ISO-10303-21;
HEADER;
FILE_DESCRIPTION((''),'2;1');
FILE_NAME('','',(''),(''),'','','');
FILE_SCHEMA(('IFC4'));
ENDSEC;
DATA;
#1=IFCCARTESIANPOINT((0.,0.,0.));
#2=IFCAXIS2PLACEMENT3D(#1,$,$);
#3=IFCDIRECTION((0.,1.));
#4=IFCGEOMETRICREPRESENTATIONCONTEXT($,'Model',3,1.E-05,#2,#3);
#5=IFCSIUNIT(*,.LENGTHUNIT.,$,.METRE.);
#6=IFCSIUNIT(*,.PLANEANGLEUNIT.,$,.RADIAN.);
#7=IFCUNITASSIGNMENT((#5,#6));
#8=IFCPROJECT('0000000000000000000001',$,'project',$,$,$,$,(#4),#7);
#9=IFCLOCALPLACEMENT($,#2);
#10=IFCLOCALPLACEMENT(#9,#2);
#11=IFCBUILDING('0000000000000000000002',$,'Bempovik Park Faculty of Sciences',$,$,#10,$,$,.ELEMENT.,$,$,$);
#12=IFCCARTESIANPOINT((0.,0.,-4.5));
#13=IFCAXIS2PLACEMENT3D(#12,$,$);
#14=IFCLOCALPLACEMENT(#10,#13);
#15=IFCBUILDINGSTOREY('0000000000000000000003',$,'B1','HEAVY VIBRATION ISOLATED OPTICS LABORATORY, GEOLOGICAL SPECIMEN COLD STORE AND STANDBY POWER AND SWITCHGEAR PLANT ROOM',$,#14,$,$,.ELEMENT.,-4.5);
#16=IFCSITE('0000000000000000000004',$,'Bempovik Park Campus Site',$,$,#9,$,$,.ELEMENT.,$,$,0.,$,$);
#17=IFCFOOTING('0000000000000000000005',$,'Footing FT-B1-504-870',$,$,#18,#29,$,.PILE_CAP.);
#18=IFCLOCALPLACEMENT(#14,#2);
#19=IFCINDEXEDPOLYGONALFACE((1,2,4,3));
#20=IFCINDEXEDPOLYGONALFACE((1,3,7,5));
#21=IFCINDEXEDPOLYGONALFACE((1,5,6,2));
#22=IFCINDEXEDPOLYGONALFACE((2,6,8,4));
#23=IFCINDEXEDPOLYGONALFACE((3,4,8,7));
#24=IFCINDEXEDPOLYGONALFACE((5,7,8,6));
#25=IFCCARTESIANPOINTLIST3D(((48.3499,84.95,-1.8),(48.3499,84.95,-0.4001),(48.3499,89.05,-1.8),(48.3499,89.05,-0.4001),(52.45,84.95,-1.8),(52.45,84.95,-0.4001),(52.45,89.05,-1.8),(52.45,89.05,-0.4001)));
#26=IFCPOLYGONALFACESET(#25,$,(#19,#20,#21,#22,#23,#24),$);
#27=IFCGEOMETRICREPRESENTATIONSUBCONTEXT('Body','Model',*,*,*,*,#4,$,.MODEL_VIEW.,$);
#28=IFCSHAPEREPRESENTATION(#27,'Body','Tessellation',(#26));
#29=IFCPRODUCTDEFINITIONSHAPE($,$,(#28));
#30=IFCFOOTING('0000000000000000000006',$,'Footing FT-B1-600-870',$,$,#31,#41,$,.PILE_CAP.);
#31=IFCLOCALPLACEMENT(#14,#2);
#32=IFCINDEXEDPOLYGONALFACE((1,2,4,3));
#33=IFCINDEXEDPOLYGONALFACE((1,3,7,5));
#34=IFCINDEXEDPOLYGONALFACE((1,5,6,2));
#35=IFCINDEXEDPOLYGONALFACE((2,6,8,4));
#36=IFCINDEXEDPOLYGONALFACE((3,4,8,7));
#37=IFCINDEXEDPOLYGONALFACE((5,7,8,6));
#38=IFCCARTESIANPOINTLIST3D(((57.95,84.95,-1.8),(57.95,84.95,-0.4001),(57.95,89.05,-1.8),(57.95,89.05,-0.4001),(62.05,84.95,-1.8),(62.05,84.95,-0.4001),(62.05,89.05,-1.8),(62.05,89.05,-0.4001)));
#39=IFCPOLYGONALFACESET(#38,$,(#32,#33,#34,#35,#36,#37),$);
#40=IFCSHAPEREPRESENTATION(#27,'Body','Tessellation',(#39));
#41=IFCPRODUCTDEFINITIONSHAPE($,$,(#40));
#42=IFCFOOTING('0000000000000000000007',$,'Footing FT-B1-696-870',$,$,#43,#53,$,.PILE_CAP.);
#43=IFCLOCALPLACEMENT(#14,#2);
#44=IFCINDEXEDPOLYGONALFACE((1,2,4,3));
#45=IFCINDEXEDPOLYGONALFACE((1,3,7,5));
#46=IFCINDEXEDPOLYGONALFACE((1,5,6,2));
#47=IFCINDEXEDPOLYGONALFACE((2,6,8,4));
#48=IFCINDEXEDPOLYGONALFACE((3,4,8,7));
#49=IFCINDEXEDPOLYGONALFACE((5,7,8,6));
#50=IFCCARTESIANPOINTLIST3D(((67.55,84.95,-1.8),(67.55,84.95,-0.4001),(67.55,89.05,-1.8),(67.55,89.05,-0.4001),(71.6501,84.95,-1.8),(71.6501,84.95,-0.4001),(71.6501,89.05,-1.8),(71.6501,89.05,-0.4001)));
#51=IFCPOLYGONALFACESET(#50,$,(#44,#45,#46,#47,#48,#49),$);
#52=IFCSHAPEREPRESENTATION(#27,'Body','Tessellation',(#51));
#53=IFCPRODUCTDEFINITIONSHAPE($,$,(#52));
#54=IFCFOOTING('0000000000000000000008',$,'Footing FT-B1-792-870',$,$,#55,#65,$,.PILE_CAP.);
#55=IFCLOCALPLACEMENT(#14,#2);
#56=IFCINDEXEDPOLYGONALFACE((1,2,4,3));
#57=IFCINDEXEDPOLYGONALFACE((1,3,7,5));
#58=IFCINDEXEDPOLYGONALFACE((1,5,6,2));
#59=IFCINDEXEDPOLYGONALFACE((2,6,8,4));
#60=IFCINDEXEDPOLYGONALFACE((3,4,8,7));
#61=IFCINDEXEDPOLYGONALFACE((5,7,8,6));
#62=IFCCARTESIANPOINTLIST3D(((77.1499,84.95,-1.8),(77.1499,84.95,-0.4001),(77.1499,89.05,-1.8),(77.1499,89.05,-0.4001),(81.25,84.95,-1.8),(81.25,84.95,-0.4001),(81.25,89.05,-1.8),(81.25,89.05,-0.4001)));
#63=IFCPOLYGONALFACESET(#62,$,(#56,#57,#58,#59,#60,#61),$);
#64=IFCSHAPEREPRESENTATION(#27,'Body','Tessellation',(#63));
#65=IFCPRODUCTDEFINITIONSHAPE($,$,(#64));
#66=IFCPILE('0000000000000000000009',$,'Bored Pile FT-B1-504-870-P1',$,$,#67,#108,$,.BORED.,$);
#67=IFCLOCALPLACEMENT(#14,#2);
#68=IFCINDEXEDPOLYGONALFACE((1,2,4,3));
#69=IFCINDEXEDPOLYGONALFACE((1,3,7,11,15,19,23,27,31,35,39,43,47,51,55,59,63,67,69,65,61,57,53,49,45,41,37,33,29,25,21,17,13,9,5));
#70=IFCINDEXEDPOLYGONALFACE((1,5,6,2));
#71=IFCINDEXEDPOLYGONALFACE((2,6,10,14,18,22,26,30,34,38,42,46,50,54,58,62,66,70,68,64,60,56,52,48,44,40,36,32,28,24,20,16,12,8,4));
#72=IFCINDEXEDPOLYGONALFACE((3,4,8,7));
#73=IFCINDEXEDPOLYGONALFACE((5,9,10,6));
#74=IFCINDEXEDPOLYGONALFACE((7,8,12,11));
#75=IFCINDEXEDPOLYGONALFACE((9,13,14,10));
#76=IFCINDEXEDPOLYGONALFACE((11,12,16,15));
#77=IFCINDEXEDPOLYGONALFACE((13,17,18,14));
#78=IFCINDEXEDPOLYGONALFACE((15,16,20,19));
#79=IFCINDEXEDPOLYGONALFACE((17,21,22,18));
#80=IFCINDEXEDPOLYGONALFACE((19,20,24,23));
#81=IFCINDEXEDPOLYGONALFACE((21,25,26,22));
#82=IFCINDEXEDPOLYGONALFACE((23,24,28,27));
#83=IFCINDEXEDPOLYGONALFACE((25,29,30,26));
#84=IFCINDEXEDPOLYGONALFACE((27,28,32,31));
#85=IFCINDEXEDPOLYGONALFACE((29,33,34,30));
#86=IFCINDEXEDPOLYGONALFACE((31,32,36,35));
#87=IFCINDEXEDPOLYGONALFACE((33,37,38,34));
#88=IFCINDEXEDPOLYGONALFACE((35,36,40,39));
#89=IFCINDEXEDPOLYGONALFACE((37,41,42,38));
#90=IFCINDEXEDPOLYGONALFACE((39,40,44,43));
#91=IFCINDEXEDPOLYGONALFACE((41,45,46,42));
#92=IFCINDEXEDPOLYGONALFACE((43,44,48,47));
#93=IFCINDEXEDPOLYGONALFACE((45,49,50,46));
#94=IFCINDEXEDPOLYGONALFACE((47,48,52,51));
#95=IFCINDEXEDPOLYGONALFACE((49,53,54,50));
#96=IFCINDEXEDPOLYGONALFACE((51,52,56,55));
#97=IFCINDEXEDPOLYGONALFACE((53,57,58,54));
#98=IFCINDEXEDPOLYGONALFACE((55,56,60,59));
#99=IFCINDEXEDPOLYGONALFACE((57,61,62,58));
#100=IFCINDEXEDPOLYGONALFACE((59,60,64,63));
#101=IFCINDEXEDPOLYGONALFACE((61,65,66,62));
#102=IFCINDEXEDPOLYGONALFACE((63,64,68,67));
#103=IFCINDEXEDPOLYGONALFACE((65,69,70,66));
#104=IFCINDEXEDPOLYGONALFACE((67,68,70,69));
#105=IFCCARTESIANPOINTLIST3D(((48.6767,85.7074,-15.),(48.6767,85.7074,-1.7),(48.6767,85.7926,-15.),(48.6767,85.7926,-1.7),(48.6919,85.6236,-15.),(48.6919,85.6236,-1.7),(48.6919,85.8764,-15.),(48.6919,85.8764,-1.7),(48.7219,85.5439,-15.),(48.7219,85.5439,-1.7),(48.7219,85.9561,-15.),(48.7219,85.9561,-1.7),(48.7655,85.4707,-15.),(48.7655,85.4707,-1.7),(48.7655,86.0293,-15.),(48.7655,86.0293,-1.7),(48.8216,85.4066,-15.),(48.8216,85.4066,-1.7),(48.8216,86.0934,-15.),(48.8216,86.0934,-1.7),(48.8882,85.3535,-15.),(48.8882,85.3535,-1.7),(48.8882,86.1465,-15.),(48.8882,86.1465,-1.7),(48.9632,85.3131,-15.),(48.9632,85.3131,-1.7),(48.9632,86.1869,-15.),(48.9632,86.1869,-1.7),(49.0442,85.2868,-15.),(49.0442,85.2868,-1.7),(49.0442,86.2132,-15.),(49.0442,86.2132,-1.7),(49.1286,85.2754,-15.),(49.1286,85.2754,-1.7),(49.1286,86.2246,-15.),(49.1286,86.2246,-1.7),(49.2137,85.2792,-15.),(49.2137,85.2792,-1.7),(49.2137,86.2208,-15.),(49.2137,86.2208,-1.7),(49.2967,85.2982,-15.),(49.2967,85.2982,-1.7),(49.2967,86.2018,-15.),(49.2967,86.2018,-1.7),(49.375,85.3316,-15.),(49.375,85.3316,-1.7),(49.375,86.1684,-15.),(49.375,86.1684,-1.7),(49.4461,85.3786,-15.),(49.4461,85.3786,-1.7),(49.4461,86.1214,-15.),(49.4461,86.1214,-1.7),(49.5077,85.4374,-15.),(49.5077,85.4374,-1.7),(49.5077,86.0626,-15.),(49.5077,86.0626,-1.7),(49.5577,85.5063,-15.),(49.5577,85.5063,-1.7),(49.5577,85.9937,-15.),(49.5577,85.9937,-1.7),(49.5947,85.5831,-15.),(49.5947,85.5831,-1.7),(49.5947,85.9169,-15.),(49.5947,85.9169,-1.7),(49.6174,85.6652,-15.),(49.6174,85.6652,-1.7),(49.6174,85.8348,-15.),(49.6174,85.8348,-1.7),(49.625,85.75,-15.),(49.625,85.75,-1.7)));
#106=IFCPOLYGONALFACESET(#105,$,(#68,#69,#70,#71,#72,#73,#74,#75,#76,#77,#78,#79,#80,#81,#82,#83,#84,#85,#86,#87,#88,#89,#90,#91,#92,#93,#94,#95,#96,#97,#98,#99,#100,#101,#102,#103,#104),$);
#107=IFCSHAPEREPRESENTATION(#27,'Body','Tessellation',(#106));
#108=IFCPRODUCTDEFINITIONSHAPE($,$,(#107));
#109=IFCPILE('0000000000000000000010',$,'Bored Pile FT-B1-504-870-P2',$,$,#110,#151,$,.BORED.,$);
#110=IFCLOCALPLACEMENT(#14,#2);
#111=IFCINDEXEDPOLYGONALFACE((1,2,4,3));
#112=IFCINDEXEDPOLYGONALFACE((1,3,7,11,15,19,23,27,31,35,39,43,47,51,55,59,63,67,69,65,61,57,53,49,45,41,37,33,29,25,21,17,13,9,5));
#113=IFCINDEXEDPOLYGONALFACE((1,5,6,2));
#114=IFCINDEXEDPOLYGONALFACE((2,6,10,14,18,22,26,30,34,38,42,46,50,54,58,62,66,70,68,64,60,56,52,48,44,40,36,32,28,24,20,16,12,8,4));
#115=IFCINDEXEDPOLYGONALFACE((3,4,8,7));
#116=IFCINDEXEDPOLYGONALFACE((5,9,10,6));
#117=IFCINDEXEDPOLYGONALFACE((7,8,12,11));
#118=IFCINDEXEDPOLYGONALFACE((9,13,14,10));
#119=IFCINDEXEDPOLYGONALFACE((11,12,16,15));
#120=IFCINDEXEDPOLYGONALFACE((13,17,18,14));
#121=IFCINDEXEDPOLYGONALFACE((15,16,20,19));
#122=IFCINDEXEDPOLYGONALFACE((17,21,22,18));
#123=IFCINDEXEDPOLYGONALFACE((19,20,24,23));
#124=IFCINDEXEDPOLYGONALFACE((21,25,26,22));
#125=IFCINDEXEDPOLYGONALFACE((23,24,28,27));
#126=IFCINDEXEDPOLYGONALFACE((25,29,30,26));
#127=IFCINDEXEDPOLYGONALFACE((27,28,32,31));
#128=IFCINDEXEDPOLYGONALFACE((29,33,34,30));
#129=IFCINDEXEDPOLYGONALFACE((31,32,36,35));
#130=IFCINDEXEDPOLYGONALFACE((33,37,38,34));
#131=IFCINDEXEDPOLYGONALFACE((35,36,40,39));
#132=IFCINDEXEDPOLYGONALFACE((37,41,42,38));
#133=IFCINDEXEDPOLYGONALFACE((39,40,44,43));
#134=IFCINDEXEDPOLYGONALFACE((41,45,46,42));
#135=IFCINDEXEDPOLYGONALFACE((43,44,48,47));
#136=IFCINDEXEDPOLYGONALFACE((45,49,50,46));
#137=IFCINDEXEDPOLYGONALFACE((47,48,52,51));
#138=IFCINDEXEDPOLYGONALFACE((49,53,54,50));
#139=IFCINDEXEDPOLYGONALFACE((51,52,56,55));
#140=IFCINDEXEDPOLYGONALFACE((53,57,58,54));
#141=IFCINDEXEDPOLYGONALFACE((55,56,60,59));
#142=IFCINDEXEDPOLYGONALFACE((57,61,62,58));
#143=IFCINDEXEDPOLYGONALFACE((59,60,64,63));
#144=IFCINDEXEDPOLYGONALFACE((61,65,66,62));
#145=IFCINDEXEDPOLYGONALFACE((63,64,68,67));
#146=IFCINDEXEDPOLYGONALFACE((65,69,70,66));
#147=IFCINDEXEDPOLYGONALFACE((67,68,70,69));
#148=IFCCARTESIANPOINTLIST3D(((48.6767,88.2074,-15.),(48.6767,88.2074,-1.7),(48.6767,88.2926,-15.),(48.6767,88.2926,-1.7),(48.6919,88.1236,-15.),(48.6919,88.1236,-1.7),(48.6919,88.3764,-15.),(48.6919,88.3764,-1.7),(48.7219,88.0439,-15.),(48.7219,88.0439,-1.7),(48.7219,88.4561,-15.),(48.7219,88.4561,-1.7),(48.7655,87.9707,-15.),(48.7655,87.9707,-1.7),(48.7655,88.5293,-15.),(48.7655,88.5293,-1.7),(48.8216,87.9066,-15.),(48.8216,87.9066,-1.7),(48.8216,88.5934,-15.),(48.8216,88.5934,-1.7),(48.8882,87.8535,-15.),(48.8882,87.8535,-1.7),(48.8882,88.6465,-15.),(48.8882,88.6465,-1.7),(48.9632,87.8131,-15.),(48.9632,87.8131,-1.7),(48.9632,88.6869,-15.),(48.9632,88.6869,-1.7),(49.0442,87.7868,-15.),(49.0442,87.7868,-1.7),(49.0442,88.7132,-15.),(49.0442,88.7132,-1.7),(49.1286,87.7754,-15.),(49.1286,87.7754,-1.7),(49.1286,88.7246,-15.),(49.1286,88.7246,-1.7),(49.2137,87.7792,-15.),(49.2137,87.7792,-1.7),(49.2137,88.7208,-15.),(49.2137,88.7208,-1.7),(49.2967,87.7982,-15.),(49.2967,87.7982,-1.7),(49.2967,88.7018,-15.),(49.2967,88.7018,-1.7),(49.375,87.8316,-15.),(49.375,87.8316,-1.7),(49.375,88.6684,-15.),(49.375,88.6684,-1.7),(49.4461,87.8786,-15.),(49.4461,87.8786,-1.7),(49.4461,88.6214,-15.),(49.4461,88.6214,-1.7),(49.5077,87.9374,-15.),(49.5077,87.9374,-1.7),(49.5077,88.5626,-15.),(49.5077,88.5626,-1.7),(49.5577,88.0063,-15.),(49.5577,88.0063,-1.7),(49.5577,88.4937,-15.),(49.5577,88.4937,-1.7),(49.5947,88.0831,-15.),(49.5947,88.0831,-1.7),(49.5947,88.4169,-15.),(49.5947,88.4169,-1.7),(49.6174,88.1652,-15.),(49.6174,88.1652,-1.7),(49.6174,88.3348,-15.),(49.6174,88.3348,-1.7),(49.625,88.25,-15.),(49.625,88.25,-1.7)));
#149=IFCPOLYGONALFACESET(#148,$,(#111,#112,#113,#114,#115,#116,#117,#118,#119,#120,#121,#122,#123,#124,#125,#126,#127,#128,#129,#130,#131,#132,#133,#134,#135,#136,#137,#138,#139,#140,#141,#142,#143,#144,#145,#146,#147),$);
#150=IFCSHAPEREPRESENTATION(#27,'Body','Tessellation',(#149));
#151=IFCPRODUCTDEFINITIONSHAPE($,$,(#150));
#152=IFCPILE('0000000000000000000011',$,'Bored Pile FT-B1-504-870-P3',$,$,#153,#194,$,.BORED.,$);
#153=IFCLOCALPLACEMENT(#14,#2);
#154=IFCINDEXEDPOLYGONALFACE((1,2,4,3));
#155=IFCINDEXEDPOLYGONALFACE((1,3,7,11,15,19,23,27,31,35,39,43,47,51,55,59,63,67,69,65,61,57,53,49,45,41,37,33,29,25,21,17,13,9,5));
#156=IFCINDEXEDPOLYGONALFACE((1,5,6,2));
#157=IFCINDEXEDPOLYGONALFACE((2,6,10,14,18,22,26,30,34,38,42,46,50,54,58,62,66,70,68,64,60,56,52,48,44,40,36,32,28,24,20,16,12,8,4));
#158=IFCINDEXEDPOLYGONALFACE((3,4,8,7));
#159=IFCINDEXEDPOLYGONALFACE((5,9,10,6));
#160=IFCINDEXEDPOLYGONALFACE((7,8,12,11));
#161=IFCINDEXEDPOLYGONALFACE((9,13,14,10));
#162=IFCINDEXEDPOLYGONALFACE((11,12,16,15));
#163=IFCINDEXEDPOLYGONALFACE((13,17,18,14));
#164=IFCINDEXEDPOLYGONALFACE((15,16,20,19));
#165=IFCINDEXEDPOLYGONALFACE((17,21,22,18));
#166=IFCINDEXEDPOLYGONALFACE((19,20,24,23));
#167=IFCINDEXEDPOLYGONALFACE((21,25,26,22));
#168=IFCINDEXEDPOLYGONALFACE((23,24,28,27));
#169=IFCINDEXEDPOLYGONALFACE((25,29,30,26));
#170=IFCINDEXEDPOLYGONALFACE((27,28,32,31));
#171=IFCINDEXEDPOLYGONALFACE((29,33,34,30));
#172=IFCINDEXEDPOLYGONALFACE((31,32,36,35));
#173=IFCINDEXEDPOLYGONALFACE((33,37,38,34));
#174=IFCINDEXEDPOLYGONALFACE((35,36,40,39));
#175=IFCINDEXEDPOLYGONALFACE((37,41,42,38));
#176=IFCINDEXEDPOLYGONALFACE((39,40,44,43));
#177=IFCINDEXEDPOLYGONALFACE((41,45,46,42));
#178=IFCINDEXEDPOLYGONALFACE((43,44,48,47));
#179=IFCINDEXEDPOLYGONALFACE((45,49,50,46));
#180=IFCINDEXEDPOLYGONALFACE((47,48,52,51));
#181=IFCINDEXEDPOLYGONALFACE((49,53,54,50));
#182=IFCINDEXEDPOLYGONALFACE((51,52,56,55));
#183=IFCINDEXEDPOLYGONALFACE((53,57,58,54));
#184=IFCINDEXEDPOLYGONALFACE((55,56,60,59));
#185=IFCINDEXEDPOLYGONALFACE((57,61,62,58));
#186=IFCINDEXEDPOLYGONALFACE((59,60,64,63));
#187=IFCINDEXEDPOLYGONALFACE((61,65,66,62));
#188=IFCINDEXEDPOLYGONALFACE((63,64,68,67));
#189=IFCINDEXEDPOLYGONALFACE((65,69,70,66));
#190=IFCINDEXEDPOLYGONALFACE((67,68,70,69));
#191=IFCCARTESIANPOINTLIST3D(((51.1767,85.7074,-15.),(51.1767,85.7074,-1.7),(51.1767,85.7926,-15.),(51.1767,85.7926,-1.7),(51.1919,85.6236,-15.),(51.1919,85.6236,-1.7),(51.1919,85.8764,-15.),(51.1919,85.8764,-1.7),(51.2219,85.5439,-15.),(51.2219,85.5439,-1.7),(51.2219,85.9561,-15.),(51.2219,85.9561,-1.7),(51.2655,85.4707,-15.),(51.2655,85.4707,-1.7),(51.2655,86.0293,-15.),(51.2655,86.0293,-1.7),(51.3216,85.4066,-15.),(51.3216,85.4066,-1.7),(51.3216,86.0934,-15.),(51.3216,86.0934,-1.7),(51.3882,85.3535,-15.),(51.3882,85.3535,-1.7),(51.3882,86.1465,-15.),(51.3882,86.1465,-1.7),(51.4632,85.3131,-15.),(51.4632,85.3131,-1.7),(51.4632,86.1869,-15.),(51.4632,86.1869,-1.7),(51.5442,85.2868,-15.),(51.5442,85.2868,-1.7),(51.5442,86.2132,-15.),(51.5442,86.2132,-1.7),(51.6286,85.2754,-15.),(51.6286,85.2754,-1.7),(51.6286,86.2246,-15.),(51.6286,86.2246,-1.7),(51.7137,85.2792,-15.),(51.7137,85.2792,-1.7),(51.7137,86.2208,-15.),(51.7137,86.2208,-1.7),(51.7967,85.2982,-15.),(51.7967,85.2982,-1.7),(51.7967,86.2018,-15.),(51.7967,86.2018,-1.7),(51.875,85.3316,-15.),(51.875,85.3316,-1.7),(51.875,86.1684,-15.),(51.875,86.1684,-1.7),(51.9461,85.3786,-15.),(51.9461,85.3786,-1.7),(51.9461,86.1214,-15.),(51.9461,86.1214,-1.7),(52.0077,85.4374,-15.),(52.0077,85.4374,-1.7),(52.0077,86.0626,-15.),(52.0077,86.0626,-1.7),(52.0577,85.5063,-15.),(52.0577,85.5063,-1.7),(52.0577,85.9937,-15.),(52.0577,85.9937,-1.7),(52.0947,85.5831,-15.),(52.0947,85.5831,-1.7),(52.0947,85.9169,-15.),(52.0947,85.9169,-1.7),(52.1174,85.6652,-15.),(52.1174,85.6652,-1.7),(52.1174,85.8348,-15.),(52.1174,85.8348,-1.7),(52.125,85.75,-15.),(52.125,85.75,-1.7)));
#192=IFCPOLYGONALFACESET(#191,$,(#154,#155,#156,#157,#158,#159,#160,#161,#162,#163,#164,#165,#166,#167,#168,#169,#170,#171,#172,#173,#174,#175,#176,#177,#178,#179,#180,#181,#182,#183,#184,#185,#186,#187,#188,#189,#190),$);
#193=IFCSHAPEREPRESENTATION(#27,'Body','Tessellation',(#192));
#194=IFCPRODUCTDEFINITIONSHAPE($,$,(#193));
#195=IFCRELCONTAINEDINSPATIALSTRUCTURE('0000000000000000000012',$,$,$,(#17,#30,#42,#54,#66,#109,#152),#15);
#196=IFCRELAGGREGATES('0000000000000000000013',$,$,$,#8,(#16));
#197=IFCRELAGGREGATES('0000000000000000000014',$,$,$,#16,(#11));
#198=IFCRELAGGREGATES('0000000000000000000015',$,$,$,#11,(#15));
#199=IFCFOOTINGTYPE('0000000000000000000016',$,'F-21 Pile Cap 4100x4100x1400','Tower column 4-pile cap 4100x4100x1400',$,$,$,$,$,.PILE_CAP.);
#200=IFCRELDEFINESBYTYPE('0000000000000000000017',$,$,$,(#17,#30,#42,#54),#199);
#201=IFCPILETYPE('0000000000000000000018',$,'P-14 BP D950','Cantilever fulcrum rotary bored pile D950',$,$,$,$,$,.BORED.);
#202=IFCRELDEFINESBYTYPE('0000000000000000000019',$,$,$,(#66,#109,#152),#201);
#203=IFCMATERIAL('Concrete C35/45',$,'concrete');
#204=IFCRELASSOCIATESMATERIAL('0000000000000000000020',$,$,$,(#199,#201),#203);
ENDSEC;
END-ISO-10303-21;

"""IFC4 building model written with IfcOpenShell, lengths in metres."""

from ifc_helpers import new_model, si_unit, direction, frame, origin, origin_2d, place, context, subcontext, project, spatial, rectangle, circle, extrude, material, material_profile, profile_set, type_object, element, save


model = new_model("IFC4")

# Units and contexts
model_context = context("Model", 3, precision=1e-05, world=origin(), true_north=direction((0.0, 1.0)))
body_context = subcontext(model_context, "Body", "Model", "MODEL_VIEW")
ifc_project = project(units=[si_unit("LENGTHUNIT", "METRE"), si_unit("PLANEANGLEUNIT", "RADIAN")], contexts=[model_context])

# Site, building, storey
site_placement = place(None, origin())
site = spatial("IfcSite", under=ifc_project, at=site_placement, Name="Bempovik Park Campus Site", CompositionType="ELEMENT", RefElevation=0.0)
building_placement = place(site_placement, origin())
building = spatial("IfcBuilding", under=site, at=building_placement, Name="Bempovik Park Faculty of Sciences", CompositionType="ELEMENT")
storey_placement = place(building_placement, frame((0.0, 0.0, -4.5)))
storey = spatial("IfcBuildingStorey", under=building, at=storey_placement, Name="B1", Description="HEAVY VIBRATION ISOLATED OPTICS LABORATORY, GEOLOGICAL SPECIMEN COLD STORE AND STANDBY POWER AND SWITCHGEAR PLANT ROOM", CompositionType="ELEMENT", Elevation=-4.5)

# Footings
ifc_material_1 = material(Name="Concrete C35/45", Category="concrete")
footing_type = type_object("IfcFootingType", Name="F-21 Pile Cap 4100x4100x1400", Description="Tower column 4-pile cap 4100x4100x1400", PredefinedType="PILE_CAP", material=ifc_material_1)
for number, where, z_axis, x_axis, name in (
    (1, (50.3999, 87.0, -1.8), (0.0, 0.0, 1.0), (1.0, 0.0, 0.0), "Footing FT-B1-504-870"),
    (2, (60.0, 87.0, -1.8), (0.0, 0.0, 1.0), (1.0, 0.0, 0.0), "Footing FT-B1-600-870"),
    (3, (69.6001, 87.0, -1.8), (0.0, 0.0, 1.0), (1.0, 0.0, 0.0), "Footing FT-B1-696-870"),
    (4, (79.2, 87.0, -1.8), (0.0, 0.0, 1.0), (1.0, 0.0, 0.0), "Footing FT-B1-792-870"),
):
    element("IfcFooting", number, at=place(storey_placement, frame(where, z_axis=z_axis, x_axis=x_axis)), inside=storey, type_object=footing_type, Name=name, PredefinedType="PILE_CAP", context=body_context, shape_type="SweptSolid", body=[
        extrude(rectangle(XDim=4.1001, YDim=4.1001, at=origin_2d()), origin(), (0.0, 0.0, 1.0), 1.3999),
    ])

# Piles
ifc_material_profile_1 = material_profile(ifc_material_1, circle(Radius=0.4751, at=origin_2d()), Name="BP D950")
ifc_profile_set_1 = profile_set([ifc_material_profile_1], Name="Concrete C35/45")
pile_type = type_object("IfcPileType", Name="P-14 BP D950", Description="Cantilever fulcrum rotary bored pile D950", PredefinedType="BORED", material=ifc_profile_set_1)
for number, where, z_axis, x_axis, name in (
    (5, (49.1499, 85.75, -1.7), (0.0, 0.0, -1.0), (1.0, 0.0, 0.0), "Bored Pile FT-B1-504-870-P1"),
    (6, (49.1499, 88.25, -1.7), (0.0, 0.0, -1.0), (1.0, 0.0, 0.0), "Bored Pile FT-B1-504-870-P2"),
    (7, (51.6499, 85.75, -1.7), (0.0, 0.0, -1.0), (1.0, 0.0, 0.0), "Bored Pile FT-B1-504-870-P3"),
):
    element("IfcPile", number, at=place(storey_placement, frame(where, z_axis=z_axis, x_axis=x_axis)), inside=storey, type_object=pile_type, Name=name, PredefinedType="BORED", context=body_context, shape_type="SweptSolid", body=[
        extrude(circle(Radius=0.4751, at=origin_2d()), origin(), (0.0, 0.0, 1.0), 13.3),
    ])

save(model, "model.ifc")
